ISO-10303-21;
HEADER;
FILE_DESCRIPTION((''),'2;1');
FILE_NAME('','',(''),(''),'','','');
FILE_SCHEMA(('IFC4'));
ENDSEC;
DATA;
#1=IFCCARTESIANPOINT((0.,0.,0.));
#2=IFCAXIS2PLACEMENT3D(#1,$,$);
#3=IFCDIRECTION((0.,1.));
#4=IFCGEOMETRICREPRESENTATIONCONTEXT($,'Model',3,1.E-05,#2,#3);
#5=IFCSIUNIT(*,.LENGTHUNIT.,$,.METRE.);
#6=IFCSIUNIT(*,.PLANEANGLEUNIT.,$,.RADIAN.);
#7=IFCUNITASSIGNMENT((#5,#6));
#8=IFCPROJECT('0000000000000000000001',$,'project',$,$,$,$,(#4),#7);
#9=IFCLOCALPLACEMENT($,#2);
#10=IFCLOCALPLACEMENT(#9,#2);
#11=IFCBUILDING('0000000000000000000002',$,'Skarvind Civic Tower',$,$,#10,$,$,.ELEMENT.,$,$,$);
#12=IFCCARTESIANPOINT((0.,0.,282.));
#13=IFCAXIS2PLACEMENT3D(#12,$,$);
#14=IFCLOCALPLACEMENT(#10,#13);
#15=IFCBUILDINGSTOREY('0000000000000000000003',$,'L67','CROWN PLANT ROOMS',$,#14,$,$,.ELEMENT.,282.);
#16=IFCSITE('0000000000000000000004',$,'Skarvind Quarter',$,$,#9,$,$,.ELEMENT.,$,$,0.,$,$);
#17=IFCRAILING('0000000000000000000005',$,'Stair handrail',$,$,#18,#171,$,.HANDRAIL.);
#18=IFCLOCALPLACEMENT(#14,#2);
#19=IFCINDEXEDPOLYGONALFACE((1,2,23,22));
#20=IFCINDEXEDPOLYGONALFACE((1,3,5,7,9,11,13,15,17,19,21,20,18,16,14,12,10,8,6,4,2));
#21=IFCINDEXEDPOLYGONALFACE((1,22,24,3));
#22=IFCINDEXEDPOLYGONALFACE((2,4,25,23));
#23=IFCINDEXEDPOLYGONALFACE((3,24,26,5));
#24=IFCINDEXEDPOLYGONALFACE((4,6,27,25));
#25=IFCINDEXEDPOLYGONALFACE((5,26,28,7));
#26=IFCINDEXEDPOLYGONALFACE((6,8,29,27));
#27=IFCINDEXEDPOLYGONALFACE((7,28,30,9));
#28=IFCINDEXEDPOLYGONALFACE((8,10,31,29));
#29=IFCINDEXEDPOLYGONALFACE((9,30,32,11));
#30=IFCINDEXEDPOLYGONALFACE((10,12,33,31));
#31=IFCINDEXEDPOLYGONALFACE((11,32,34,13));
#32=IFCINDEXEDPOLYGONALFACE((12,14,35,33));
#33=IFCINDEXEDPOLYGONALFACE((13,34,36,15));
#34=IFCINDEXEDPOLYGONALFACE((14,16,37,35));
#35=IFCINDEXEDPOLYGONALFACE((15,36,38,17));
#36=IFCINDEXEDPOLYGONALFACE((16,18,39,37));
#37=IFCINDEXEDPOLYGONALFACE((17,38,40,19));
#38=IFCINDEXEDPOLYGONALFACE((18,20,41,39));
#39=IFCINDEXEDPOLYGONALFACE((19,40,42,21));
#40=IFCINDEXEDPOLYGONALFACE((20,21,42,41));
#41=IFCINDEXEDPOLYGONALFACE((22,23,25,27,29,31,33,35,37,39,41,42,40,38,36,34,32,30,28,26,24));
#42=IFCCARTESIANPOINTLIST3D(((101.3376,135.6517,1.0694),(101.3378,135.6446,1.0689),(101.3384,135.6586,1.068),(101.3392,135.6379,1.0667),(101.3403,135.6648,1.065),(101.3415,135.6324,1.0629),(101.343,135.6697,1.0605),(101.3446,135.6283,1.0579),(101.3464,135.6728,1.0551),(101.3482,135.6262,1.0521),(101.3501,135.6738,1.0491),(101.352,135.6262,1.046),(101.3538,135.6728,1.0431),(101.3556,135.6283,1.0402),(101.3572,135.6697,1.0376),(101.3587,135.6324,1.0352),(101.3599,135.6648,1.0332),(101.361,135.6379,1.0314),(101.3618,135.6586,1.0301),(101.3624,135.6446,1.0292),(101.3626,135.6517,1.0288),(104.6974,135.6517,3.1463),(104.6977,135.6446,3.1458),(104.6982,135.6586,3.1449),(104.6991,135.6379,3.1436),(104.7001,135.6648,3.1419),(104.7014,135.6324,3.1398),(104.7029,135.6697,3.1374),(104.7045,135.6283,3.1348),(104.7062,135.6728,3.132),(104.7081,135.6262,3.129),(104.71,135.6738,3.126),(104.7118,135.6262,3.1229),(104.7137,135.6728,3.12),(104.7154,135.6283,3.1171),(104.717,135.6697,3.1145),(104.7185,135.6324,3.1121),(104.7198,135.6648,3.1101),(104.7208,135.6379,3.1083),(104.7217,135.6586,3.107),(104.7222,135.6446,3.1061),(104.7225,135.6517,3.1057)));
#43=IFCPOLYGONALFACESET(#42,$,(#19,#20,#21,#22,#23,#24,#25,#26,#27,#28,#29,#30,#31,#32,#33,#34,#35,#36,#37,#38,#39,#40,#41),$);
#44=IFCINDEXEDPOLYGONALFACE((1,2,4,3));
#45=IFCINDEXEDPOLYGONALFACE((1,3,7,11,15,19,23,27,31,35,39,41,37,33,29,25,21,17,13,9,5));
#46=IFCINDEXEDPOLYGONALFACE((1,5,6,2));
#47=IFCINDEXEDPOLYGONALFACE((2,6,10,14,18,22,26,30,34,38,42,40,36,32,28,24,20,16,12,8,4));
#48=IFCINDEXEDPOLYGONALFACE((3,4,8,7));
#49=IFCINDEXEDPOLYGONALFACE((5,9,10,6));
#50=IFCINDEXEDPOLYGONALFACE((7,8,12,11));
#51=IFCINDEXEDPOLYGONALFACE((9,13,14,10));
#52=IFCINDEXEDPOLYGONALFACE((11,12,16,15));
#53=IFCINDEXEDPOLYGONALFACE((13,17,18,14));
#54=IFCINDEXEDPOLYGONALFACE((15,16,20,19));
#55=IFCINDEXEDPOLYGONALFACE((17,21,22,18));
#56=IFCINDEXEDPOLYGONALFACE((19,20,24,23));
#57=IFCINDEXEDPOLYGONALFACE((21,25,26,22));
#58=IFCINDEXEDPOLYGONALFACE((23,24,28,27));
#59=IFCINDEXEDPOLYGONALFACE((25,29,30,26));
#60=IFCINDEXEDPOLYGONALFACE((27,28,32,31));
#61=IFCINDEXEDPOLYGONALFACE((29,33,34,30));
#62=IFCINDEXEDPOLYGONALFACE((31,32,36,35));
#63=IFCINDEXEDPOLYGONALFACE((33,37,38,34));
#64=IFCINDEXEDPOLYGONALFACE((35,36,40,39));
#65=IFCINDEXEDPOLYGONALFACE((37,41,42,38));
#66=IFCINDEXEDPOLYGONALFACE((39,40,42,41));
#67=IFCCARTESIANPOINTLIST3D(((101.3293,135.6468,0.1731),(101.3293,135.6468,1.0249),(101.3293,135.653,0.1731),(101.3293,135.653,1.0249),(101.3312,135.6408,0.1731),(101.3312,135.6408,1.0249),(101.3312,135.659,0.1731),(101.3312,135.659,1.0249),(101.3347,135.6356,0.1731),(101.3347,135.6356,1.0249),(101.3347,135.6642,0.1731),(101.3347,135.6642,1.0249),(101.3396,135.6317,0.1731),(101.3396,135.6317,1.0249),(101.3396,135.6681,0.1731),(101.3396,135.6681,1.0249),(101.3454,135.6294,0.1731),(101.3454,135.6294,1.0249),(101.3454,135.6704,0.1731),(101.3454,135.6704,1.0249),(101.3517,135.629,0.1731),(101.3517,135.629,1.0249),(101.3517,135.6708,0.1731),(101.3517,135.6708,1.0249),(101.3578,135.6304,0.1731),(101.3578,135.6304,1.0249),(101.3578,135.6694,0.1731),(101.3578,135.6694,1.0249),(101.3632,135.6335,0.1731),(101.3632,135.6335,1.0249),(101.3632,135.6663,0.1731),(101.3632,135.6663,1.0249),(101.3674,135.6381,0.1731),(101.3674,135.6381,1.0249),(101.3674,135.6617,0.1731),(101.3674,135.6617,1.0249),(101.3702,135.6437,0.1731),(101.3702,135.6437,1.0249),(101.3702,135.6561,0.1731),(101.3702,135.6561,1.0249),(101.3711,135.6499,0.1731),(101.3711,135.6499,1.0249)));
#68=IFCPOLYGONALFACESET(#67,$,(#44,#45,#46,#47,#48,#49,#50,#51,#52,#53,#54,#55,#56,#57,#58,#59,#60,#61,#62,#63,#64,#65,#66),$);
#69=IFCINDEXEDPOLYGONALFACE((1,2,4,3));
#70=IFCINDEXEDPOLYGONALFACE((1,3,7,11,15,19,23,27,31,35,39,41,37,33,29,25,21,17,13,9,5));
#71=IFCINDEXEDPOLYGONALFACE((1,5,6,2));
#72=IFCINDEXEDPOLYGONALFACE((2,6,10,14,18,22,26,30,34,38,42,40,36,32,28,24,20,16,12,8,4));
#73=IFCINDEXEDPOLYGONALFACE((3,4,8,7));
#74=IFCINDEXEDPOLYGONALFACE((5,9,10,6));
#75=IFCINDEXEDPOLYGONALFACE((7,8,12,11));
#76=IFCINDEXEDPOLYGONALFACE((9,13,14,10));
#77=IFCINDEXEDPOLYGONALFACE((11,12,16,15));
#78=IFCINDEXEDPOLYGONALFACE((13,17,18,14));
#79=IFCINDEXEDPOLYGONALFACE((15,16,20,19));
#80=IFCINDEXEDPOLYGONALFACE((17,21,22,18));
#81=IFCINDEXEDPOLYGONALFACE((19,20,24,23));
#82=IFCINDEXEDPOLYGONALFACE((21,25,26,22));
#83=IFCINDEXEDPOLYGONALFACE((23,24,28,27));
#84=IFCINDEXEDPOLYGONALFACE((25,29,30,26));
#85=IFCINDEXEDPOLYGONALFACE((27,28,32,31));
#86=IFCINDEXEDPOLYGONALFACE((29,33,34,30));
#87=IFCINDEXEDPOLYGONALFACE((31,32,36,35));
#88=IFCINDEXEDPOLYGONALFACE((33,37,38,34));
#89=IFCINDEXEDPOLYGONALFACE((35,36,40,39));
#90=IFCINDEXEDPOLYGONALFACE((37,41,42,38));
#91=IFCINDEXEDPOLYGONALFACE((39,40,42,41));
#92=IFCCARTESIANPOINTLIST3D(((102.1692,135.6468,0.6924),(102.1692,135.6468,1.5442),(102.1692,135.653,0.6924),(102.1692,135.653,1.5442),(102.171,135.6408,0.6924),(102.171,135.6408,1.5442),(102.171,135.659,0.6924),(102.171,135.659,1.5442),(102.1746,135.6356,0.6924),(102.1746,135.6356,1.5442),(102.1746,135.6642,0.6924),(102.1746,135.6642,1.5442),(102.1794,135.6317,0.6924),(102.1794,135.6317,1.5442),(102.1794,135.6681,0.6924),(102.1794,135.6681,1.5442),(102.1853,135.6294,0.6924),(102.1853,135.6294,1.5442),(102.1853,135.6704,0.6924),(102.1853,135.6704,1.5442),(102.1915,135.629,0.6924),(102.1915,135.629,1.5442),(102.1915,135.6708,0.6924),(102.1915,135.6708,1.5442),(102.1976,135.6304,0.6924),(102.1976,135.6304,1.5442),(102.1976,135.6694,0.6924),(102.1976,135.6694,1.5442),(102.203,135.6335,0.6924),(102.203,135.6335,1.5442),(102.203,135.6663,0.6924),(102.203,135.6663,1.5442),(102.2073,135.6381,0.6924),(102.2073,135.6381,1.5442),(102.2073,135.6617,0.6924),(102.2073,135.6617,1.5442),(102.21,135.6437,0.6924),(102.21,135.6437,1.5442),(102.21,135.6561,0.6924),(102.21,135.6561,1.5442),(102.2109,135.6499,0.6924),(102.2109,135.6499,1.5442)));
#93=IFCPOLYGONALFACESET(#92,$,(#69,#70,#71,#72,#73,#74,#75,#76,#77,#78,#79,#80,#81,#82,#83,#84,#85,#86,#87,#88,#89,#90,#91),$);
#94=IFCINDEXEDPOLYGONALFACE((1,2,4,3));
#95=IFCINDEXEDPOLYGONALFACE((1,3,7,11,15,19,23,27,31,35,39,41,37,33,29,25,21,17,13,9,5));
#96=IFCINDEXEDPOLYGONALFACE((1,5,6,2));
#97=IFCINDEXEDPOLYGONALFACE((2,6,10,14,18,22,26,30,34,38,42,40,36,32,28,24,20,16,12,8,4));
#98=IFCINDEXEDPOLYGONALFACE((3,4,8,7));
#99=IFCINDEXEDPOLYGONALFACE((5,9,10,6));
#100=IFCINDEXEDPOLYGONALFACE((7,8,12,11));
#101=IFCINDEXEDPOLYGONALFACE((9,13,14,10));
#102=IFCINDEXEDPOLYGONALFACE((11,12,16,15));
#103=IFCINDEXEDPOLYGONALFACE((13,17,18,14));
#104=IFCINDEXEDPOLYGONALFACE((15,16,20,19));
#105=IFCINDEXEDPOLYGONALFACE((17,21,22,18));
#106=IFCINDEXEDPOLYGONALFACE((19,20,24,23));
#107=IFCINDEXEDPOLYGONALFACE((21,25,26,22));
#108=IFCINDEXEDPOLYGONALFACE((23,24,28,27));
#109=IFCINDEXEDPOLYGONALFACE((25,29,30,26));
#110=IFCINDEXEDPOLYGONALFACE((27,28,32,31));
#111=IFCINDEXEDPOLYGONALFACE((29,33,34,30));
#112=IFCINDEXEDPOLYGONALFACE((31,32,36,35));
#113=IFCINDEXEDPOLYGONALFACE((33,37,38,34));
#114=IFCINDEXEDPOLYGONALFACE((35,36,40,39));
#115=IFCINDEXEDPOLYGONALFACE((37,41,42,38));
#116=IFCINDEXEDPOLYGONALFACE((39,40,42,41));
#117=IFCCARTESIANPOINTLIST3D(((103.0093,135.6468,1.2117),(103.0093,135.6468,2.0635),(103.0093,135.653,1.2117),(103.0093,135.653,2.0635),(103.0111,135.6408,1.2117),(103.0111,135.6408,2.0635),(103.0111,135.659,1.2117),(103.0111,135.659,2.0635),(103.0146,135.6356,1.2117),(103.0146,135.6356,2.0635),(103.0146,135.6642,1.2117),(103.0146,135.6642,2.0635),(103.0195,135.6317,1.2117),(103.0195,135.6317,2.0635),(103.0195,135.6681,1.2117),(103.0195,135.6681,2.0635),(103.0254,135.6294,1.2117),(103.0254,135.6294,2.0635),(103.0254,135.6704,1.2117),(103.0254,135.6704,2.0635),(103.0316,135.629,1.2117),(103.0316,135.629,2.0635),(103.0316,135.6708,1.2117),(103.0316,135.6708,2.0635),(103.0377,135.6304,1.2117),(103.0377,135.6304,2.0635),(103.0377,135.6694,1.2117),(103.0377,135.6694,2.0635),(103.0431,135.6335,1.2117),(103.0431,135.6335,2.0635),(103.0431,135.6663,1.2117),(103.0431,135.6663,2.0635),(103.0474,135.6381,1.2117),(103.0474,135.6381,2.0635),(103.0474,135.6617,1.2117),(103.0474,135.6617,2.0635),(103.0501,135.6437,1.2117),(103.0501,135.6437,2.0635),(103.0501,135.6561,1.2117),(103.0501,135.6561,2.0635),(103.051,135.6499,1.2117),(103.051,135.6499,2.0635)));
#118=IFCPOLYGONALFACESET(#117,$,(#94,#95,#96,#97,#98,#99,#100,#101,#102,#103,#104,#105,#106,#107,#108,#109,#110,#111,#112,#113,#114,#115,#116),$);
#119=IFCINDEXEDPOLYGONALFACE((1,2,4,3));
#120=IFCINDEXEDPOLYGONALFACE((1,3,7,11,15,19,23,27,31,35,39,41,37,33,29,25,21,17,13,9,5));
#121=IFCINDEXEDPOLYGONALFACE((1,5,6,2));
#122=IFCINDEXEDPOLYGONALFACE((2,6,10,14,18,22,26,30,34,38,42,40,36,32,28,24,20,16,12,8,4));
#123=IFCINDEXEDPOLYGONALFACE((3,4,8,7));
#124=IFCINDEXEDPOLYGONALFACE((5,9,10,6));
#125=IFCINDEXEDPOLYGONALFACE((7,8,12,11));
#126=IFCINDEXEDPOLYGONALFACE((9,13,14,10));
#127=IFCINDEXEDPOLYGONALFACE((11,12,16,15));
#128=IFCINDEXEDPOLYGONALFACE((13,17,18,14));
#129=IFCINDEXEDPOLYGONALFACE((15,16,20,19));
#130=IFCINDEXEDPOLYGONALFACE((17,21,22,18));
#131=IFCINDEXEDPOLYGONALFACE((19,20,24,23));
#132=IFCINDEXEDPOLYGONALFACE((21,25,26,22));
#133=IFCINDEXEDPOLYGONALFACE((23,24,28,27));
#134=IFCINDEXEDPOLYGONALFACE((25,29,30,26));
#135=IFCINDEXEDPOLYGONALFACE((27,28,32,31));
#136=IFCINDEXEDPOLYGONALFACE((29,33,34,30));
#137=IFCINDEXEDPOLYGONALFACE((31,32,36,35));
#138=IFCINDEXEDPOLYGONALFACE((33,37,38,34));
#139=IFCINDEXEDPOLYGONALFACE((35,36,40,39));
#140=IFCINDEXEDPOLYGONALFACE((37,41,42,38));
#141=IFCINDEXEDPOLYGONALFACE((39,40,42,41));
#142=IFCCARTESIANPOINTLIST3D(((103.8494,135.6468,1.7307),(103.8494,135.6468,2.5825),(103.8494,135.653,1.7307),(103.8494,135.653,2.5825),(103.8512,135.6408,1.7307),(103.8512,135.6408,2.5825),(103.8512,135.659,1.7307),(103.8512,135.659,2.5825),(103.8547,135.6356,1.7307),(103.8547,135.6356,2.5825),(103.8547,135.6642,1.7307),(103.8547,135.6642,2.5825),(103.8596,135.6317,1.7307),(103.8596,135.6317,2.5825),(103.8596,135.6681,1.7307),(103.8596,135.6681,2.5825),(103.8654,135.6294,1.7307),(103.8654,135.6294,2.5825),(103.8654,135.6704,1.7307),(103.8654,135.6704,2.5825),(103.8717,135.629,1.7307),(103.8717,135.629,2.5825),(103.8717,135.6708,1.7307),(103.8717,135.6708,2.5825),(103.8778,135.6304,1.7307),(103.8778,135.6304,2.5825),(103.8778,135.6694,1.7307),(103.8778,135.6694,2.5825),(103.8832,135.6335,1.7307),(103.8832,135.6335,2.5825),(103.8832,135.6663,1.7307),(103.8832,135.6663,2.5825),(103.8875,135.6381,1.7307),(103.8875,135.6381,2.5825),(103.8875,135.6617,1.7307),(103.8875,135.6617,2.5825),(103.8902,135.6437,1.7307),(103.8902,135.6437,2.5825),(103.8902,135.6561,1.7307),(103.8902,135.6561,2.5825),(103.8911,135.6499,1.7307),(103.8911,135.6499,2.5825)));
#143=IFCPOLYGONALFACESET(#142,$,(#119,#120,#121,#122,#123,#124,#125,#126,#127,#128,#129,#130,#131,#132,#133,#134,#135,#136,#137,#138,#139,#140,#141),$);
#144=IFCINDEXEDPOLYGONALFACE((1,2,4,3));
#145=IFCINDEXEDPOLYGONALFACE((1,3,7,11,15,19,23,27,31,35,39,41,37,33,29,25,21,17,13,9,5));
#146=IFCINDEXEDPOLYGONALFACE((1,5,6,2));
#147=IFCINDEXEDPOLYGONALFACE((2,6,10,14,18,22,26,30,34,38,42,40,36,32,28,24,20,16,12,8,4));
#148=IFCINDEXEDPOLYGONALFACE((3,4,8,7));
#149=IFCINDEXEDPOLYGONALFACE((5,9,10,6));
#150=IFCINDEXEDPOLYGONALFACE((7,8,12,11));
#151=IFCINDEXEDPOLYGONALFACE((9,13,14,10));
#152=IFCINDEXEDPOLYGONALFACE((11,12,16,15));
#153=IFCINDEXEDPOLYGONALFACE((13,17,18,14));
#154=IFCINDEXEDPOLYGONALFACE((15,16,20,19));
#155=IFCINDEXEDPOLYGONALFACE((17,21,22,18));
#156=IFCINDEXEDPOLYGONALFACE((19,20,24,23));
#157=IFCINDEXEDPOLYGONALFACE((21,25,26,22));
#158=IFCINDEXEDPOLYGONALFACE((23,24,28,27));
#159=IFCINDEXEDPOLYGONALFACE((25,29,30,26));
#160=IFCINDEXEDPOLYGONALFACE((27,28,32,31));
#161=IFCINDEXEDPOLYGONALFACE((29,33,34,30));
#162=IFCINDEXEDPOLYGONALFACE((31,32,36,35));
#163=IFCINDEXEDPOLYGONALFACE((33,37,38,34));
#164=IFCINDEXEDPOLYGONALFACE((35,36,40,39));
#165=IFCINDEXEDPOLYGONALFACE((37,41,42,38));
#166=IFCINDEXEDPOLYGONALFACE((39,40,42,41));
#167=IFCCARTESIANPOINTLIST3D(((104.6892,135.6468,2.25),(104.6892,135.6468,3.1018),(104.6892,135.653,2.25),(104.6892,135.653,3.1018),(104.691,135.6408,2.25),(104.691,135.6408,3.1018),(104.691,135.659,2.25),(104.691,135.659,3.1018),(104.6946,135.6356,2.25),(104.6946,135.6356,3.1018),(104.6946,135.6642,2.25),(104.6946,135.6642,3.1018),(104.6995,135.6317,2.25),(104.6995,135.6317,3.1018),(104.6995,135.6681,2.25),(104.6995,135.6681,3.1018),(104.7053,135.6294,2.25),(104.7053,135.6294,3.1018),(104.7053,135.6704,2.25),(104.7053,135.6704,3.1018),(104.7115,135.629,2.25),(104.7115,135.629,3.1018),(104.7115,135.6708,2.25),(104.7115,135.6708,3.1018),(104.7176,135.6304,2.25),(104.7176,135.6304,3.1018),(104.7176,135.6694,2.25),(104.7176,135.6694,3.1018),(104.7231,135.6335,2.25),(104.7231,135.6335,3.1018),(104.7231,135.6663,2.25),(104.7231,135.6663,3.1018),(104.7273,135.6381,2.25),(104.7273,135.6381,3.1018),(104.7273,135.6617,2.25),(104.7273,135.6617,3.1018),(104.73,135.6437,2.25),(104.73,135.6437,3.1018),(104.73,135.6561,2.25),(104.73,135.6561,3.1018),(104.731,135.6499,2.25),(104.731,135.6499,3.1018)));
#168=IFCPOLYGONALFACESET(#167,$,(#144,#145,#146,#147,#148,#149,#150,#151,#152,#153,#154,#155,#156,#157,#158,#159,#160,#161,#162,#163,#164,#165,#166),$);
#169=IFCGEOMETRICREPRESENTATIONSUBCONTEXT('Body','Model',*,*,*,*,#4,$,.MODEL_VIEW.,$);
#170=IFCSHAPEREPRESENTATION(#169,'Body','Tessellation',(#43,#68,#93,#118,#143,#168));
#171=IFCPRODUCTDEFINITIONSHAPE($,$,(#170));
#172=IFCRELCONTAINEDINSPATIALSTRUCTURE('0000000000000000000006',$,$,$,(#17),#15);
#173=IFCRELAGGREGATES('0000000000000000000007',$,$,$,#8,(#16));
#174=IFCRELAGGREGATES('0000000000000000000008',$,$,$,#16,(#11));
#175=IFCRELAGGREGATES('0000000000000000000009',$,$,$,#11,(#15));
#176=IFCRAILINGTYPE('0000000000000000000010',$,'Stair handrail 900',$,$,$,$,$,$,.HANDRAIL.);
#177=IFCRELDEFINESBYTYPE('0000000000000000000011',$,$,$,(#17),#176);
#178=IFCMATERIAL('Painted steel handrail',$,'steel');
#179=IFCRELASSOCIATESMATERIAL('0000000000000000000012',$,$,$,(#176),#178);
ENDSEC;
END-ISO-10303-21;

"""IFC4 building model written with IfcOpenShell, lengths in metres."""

from ifc_helpers import new_model, si_unit, direction, frame, origin, origin_2d, place, context, subcontext, project, spatial, circle, extrude, material, type_object, element, save


model = new_model("IFC4")

# Units and contexts
model_context = context("Model", 3, precision=1e-05, world=origin(), true_north=direction((0.0, 1.0)))
body_context = subcontext(model_context, "Body", "Model", "MODEL_VIEW")
ifc_project = project(units=[si_unit("LENGTHUNIT", "METRE"), si_unit("PLANEANGLEUNIT", "RADIAN")], contexts=[model_context])

# Site, building, storey
site_placement = place(None, origin())
site = spatial("IfcSite", under=ifc_project, at=site_placement, Name="Skarvind Quarter", CompositionType="ELEMENT", RefElevation=0.0)
building_placement = place(site_placement, origin())
building = spatial("IfcBuilding", under=site, at=building_placement, Name="Skarvind Civic Tower", CompositionType="ELEMENT")
storey_placement = place(building_placement, frame((0.0, 0.0, 282.0)))
storey = spatial("IfcBuildingStorey", under=building, at=storey_placement, Name="L67", Description="CROWN PLANT ROOMS", CompositionType="ELEMENT", Elevation=282.0)

# Railing
ifc_material_1 = material(Name="Painted steel handrail", Category="steel")
railing_type = type_object("IfcRailingType", Name="Stair handrail 900", PredefinedType="HANDRAIL", material=ifc_material_1)
railing_1_placement = place(storey_placement, frame((101.3501, 135.6499, 0.1731)))
element("IfcRailing", 1, at=railing_1_placement, inside=storey, type_object=railing_type, Name="Stair handrail", PredefinedType="HANDRAIL", context=body_context, shape_type="SweptSolid", body=[
    extrude(circle(Radius=0.0239, at=origin_2d()), frame((0.0, 0.0, 0.876), z_axis=(0.850606, 0.0, 0.525803), x_axis=(0.0, 1.0, 0.0)), (0.0, 0.0, 1.0), 3.95),
    extrude(circle(Radius=0.021, at=origin_2d()), origin(), (0.0, 0.0, 1.0), 0.8518),
    extrude(circle(Radius=0.021, at=origin_2d()), frame((0.8398, 0.0, 0.5193)), (0.0, 0.0, 1.0), 0.8518),
    extrude(circle(Radius=0.021, at=origin_2d()), frame((1.6799, 0.0, 1.0386)), (0.0, 0.0, 1.0), 0.8518),
    extrude(circle(Radius=0.021, at=origin_2d()), frame((2.52, 0.0, 1.5576)), (0.0, 0.0, 1.0), 0.8518),
    extrude(circle(Radius=0.021, at=origin_2d()), frame((3.3599, 0.0, 2.0769)), (0.0, 0.0, 1.0), 0.8518),
])

save(model, "model.ifc")
